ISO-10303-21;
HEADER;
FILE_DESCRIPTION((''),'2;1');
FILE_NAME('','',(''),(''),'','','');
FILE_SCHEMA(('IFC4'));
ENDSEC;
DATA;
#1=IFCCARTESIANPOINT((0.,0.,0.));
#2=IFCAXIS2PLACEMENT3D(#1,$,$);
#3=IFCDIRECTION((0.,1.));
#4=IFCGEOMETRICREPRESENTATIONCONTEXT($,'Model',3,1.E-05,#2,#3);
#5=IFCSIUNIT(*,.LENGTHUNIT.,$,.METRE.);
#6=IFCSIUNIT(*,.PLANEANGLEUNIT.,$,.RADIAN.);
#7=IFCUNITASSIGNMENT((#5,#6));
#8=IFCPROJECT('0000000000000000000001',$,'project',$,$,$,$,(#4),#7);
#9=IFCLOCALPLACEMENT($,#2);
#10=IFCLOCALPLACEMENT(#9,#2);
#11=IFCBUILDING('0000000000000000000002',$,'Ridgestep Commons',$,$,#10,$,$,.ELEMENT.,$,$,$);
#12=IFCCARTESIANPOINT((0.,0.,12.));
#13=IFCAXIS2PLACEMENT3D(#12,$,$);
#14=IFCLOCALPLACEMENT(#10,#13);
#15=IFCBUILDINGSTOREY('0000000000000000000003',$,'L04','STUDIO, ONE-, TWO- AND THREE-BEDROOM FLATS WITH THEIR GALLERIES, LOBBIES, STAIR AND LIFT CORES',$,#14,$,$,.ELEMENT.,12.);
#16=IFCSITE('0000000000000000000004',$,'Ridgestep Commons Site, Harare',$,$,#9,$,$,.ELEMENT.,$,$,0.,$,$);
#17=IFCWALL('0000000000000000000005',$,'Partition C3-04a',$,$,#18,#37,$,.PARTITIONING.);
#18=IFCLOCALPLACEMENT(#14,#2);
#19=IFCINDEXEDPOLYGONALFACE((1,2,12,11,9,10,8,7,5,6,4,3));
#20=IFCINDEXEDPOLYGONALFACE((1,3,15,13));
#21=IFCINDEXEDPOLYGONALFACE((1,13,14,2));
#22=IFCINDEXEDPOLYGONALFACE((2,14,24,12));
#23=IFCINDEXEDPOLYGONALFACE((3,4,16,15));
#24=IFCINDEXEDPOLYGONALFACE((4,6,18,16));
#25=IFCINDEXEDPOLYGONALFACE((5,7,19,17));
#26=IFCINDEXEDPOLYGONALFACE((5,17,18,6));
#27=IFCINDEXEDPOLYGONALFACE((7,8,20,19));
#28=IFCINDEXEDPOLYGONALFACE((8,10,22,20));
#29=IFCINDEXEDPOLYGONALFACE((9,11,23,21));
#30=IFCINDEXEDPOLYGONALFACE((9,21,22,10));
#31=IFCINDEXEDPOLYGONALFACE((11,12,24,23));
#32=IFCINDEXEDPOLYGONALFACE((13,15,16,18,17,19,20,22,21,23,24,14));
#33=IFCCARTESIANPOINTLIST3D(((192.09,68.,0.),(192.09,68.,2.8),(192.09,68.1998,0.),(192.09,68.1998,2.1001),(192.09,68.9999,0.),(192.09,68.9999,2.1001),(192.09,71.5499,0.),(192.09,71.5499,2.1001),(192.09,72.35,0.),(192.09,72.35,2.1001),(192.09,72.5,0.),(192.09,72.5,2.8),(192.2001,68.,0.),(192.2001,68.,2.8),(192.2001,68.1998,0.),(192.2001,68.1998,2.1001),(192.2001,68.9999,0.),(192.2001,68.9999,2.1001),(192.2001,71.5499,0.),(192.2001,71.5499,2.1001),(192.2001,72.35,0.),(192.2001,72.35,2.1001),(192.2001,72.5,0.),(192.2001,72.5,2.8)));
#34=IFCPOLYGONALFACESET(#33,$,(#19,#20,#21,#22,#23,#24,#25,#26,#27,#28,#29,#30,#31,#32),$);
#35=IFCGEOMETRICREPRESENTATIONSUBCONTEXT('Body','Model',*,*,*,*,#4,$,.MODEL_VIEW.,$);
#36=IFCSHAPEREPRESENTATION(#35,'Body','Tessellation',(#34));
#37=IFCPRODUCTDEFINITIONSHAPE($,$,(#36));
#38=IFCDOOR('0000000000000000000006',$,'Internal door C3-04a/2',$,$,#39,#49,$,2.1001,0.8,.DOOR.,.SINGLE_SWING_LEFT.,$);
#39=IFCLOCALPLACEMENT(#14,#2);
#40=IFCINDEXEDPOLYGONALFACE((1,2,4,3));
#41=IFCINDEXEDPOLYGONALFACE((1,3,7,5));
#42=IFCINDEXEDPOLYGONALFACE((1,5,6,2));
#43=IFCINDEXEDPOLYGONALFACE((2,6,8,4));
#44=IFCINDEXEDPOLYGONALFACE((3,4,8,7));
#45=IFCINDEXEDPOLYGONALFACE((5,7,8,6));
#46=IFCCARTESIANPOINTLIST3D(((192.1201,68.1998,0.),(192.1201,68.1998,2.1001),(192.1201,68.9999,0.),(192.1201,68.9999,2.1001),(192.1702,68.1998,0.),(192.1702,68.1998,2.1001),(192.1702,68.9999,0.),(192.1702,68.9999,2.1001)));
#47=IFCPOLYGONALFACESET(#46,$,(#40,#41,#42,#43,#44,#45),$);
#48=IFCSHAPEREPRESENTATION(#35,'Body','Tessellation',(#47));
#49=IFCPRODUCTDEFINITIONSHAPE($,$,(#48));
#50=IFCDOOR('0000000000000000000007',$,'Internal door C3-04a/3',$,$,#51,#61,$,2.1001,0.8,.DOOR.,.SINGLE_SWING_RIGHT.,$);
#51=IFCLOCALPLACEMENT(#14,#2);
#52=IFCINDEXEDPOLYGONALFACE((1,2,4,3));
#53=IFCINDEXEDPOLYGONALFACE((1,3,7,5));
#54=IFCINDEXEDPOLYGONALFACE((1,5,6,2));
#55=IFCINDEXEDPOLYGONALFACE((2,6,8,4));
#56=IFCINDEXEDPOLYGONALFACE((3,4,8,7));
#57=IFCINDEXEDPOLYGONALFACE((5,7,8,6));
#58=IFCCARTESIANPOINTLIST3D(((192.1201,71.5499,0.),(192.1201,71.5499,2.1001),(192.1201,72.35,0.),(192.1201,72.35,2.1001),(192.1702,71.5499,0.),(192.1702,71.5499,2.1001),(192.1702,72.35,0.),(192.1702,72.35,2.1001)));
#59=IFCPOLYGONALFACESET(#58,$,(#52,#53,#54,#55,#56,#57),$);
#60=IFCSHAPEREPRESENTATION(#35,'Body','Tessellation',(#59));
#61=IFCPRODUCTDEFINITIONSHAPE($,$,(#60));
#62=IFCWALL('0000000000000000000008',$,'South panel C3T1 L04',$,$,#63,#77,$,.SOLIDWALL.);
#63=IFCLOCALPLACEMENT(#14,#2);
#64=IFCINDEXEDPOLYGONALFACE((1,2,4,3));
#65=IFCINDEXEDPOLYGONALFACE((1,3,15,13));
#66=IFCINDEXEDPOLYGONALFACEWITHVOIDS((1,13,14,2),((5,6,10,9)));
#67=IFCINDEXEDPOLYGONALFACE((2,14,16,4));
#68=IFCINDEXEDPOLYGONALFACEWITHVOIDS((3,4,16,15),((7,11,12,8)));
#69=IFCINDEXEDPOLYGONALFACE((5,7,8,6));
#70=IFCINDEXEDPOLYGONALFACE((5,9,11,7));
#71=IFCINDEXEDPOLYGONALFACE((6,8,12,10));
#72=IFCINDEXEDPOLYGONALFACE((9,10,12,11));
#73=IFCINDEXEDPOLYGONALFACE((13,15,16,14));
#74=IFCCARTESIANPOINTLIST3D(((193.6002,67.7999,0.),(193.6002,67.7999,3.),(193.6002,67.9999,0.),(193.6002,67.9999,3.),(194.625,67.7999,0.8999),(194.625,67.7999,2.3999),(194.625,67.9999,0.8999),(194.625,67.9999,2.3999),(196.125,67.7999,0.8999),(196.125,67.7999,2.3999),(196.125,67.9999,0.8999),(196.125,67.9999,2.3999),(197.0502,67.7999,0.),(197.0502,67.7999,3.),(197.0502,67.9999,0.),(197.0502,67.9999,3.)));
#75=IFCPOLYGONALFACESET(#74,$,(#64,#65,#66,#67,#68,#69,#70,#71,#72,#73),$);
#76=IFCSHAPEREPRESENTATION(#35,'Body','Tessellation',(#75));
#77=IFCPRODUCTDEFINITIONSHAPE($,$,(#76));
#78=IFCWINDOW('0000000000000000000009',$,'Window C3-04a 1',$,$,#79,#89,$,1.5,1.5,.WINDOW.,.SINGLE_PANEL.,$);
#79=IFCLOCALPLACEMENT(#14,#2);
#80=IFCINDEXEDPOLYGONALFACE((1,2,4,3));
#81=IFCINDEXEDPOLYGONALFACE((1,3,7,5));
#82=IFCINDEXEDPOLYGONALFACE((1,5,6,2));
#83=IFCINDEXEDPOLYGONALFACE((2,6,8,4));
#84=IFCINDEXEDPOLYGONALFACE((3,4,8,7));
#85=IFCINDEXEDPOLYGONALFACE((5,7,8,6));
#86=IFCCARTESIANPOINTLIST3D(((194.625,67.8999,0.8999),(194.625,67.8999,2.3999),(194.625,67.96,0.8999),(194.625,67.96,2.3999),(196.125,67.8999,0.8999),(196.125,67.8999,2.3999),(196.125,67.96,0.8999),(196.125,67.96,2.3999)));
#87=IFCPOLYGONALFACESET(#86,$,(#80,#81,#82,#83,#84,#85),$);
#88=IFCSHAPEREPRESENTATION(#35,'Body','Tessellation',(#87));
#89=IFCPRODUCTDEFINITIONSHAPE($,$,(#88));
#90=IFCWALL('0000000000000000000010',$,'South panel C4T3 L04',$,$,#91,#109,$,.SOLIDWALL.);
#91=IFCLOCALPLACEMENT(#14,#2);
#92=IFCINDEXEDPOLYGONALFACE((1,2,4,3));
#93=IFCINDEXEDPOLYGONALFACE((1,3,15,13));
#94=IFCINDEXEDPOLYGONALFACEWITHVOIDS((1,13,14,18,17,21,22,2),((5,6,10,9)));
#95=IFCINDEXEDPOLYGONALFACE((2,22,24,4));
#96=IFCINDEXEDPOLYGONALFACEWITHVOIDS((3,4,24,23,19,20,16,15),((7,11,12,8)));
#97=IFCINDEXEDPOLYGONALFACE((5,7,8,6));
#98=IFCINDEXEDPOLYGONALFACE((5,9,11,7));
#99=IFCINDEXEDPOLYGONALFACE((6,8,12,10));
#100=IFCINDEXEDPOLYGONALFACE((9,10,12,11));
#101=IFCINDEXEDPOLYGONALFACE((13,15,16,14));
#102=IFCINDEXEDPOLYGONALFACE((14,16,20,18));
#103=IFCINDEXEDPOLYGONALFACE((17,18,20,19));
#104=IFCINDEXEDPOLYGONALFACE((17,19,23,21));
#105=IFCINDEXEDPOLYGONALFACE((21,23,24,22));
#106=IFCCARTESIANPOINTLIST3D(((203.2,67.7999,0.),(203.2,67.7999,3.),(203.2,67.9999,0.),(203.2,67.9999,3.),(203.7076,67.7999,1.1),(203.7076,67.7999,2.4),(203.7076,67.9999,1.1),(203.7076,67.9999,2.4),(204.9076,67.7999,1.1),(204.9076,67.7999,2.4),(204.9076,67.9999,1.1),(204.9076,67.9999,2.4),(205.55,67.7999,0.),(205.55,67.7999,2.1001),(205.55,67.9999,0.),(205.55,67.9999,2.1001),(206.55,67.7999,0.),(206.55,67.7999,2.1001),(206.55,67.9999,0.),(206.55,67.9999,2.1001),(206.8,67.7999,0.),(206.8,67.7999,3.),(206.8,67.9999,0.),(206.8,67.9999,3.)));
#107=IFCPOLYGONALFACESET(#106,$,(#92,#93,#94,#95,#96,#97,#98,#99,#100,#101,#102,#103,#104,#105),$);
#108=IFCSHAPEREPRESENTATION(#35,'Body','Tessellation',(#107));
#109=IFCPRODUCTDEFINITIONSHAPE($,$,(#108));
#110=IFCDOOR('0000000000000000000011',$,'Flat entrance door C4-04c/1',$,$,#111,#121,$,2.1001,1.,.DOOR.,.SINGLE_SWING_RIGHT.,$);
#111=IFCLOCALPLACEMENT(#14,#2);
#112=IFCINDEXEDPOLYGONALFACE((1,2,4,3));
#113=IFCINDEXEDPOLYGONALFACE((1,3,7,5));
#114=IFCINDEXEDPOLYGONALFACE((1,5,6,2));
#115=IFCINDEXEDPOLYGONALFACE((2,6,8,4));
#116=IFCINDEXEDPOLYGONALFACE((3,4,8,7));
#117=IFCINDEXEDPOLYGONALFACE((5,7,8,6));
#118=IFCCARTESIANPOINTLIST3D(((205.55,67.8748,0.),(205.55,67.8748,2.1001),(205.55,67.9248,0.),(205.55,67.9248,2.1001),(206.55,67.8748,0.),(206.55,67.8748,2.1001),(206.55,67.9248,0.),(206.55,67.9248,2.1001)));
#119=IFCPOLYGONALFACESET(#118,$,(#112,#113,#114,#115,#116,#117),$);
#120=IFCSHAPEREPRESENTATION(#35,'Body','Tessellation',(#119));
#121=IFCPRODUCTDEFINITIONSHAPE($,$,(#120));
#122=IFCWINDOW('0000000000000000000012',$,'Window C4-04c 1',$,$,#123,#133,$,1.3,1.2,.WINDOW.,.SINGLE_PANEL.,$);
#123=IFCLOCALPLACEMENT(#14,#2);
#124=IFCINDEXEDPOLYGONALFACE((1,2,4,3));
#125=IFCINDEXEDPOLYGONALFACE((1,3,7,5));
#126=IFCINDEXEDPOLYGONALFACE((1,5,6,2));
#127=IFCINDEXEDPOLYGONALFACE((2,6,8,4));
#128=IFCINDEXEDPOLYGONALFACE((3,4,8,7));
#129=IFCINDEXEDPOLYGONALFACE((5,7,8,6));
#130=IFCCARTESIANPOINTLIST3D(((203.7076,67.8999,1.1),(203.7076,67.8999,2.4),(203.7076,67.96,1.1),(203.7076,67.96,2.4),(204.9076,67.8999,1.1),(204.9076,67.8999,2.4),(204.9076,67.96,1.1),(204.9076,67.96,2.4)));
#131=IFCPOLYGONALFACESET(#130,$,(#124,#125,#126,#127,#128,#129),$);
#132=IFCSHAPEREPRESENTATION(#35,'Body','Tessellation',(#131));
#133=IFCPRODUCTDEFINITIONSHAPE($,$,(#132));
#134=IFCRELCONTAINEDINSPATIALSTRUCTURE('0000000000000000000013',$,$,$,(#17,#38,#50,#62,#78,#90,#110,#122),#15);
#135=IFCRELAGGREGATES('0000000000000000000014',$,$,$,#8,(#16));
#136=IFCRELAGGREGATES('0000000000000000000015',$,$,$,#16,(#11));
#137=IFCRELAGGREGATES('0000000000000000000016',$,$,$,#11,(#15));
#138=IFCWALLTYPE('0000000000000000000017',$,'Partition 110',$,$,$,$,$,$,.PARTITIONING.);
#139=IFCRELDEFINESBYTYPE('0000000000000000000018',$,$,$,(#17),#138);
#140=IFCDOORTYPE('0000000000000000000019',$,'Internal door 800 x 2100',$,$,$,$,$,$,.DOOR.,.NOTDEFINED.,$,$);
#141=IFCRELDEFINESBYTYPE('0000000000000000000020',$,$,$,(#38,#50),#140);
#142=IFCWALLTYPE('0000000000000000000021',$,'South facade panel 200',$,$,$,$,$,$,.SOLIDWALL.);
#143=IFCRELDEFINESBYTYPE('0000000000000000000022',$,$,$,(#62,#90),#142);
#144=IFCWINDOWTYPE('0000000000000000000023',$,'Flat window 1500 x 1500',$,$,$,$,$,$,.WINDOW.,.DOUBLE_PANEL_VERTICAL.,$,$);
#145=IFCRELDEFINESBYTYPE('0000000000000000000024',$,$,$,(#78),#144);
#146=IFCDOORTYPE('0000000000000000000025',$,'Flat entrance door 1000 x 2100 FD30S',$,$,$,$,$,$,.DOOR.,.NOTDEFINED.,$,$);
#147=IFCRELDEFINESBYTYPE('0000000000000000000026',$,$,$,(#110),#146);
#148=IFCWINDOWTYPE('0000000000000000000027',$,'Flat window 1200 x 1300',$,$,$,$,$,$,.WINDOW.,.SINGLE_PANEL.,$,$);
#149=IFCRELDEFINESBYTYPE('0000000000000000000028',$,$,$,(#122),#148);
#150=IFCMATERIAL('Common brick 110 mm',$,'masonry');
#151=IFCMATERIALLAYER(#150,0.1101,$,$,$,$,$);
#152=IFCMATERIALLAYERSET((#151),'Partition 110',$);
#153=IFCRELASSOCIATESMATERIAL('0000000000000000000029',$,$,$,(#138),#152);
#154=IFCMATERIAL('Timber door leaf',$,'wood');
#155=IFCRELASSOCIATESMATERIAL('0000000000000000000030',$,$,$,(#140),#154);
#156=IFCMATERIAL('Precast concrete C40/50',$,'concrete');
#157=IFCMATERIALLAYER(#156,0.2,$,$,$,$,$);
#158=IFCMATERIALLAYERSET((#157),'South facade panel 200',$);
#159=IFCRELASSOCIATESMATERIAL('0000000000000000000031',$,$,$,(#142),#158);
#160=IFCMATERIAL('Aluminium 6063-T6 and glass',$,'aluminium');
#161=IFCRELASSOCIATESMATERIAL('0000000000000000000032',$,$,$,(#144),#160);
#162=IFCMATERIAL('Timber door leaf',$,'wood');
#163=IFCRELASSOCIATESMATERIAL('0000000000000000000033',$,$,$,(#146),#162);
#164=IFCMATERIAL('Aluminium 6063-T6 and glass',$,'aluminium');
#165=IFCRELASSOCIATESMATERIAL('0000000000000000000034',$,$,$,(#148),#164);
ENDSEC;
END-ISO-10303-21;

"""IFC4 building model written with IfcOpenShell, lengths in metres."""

from ifc_helpers import new_model, si_unit, direction, frame, frame_2d, origin, place, context, subcontext, project, spatial, rectangle, extrude, material, layer, layer_set, type_object, element, fill, save


model = new_model("IFC4")

# Units and contexts
model_context = context("Model", 3, precision=1e-05, world=origin(), true_north=direction((0.0, 1.0)))
body_context = subcontext(model_context, "Body", "Model", "MODEL_VIEW")
ifc_project = project(units=[si_unit("LENGTHUNIT", "METRE"), si_unit("PLANEANGLEUNIT", "RADIAN")], contexts=[model_context])

# Site, building, storey
site_placement = place(None, origin())
site = spatial("IfcSite", under=ifc_project, at=site_placement, Name="Ridgestep Commons Site, Harare", CompositionType="ELEMENT", RefElevation=0.0)
building_placement = place(site_placement, origin())
building = spatial("IfcBuilding", under=site, at=building_placement, Name="Ridgestep Commons", CompositionType="ELEMENT")
storey_placement = place(building_placement, frame((0.0, 0.0, 12.0)))
storey = spatial("IfcBuildingStorey", under=building, at=storey_placement, Name="L04", Description="STUDIO, ONE-, TWO- AND THREE-BEDROOM FLATS WITH THEIR GALLERIES, LOBBIES, STAIR AND LIFT CORES", CompositionType="ELEMENT", Elevation=12.0)

# Wall, openings, doors
ifc_material_1 = material(Name="Common brick 110 mm", Category="masonry")
ifc_layer_1 = layer(ifc_material_1, 0.1101)
ifc_layer_set_1 = layer_set([ifc_layer_1], Name="Partition 110")
wall_type_1 = type_object("IfcWallType", Name="Partition 110", PredefinedType="PARTITIONING", material=ifc_layer_set_1)
wall_1_placement = place(storey_placement, frame((192.145, 68.0, 0.0), z_axis=(0.0, 0.0, 1.0), x_axis=(0.0, 1.0, 0.0)))
wall_1 = element("IfcWall", 1, at=wall_1_placement, inside=storey, type_object=wall_type_1, Name="Partition C3-04a", PredefinedType="PARTITIONING", context=body_context, shape_type="SweptSolid", body=[
    extrude(rectangle(XDim=4.5, YDim=0.1101, at=frame_2d((2.25, 0.0))), origin(), (0.0, 0.0, 1.0), 2.8),
])
opening_1_placement = place(wall_1_placement, frame((0.2, 0.0, 0.0)))
opening_1 = element("IfcOpeningElement", 2, at=opening_1_placement, cuts=wall_1, PredefinedType="OPENING", context=body_context, shape_type="SweptSolid", body=[
    extrude(rectangle(XDim=0.8, YDim=2.1001, at=frame_2d((0.3999, 1.05))), frame((0.0, 0.0649, 0.0), z_axis=(0.0, -1.0, 0.0), x_axis=(1.0, 0.0, 0.0)), (0.0, 0.0, 1.0), 0.1301),
])
opening_2_placement = place(wall_1_placement, frame((3.55, 0.0, 0.0)))
opening_2 = element("IfcOpeningElement", 3, at=opening_2_placement, cuts=wall_1, PredefinedType="OPENING", context=body_context, shape_type="SweptSolid", body=[
    extrude(rectangle(XDim=0.8, YDim=2.1001, at=frame_2d((0.3999, 1.05))), frame((0.0, 0.0649, 0.0), z_axis=(0.0, -1.0, 0.0), x_axis=(1.0, 0.0, 0.0)), (0.0, 0.0, 1.0), 0.1301),
])
ifc_material_2 = material(Name="Timber door leaf", Category="wood")
door_type_1 = type_object("IfcDoorType", Name="Internal door 800 x 2100", OperationType="NOTDEFINED", PredefinedType="DOOR", material=ifc_material_2)
door_1_placement = place(opening_1_placement, origin())
door_1 = element("IfcDoor", 4, at=door_1_placement, inside=storey, type_object=door_type_1, Name="Internal door C3-04a/2", OperationType="SINGLE_SWING_LEFT", OverallHeight=2.1001, OverallWidth=0.8, PredefinedType="DOOR", context=body_context, shape_type="SweptSolid", body=[
    extrude(rectangle(XDim=0.8, YDim=2.1001, at=frame_2d((0.3999, 1.05))), frame((0.0, 0.0249, 0.0), z_axis=(0.0, -1.0, 0.0), x_axis=(1.0, 0.0, 0.0)), (0.0, 0.0, 1.0), 0.05),
])
fill(opening_1, door_1)
door_2_placement = place(opening_2_placement, origin())
door_2 = element("IfcDoor", 5, at=door_2_placement, inside=storey, type_object=door_type_1, Name="Internal door C3-04a/3", OperationType="SINGLE_SWING_RIGHT", OverallHeight=2.1001, OverallWidth=0.8, PredefinedType="DOOR", context=body_context, shape_type="SweptSolid", body=[
    extrude(rectangle(XDim=0.8, YDim=2.1001, at=frame_2d((0.3999, 1.05))), frame((0.0, 0.0249, 0.0), z_axis=(0.0, -1.0, 0.0), x_axis=(1.0, 0.0, 0.0)), (0.0, 0.0, 1.0), 0.05),
])
fill(opening_2, door_2)

# Wall, opening, window
ifc_material_3 = material(Name="Precast concrete C40/50", Category="concrete")
ifc_layer_2 = layer(ifc_material_3, 0.2)
ifc_layer_set_2 = layer_set([ifc_layer_2], Name="South facade panel 200")
wall_type_2 = type_object("IfcWallType", Name="South facade panel 200", PredefinedType="SOLIDWALL", material=ifc_layer_set_2)
wall_2_placement = place(storey_placement, frame((193.6001, 67.8999, 0.0), z_axis=(0.0, 0.0, 1.0), x_axis=(1.0, 0.0, 0.0)))
wall_2 = element("IfcWall", 6, at=wall_2_placement, inside=storey, type_object=wall_type_2, Name="South panel C3T1 L04", PredefinedType="SOLIDWALL", context=body_context, shape_type="SweptSolid", body=[
    extrude(rectangle(XDim=3.45, YDim=0.2, at=frame_2d((1.7251, 0.0))), origin(), (0.0, 0.0, 1.0), 3.0),
])
opening_3_placement = place(wall_2_placement, frame((1.0249, 0.0, 0.8999)))
opening_3 = element("IfcOpeningElement", 7, at=opening_3_placement, cuts=wall_2, PredefinedType="OPENING", context=body_context, shape_type="SweptSolid", body=[
    extrude(rectangle(XDim=1.5, YDim=1.5, at=frame_2d((0.75, 0.75))), frame((0.0, 0.1099, 0.0), z_axis=(0.0, -1.0, 0.0), x_axis=(1.0, 0.0, 0.0)), (0.0, 0.0, 1.0), 0.22),
])
ifc_material_4 = material(Name="Aluminium 6063-T6 and glass", Category="aluminium")
window_type_1 = type_object("IfcWindowType", Name="Flat window 1500 x 1500", PartitioningType="DOUBLE_PANEL_VERTICAL", PredefinedType="WINDOW", material=ifc_material_4)
window_1_placement = place(opening_3_placement, origin())
window_1 = element("IfcWindow", 8, at=window_1_placement, inside=storey, type_object=window_type_1, Name="Window C3-04a 1", OverallHeight=1.5, OverallWidth=1.5, PartitioningType="SINGLE_PANEL", PredefinedType="WINDOW", context=body_context, shape_type="SweptSolid", body=[
    extrude(rectangle(XDim=1.5, YDim=1.5, at=frame_2d((0.75, 0.75))), frame((0.0, 0.0601, 0.0), z_axis=(0.0, -1.0, 0.0), x_axis=(1.0, 0.0, 0.0)), (0.0, 0.0, 1.0), 0.0601),
])
fill(opening_3, window_1)

# Wall, openings, door, window
wall_3_placement = place(storey_placement, frame((203.2, 67.8999, 0.0), z_axis=(0.0, 0.0, 1.0), x_axis=(1.0, 0.0, 0.0)))
wall_3 = element("IfcWall", 9, at=wall_3_placement, inside=storey, type_object=wall_type_2, Name="South panel C4T3 L04", PredefinedType="SOLIDWALL", context=body_context, shape_type="SweptSolid", body=[
    extrude(rectangle(XDim=3.6001, YDim=0.2, at=frame_2d((1.8, 0.0))), origin(), (0.0, 0.0, 1.0), 3.0),
])
opening_4_placement = place(wall_3_placement, frame((0.5076, 0.0, 1.1001)))
opening_4 = element("IfcOpeningElement", 10, at=opening_4_placement, cuts=wall_3, PredefinedType="OPENING", context=body_context, shape_type="SweptSolid", body=[
    extrude(rectangle(XDim=1.2, YDim=1.3, at=frame_2d((0.6001, 0.6499))), frame((0.0, 0.1099, 0.0), z_axis=(0.0, -1.0, 0.0), x_axis=(1.0, 0.0, 0.0)), (0.0, 0.0, 1.0), 0.22),
])
opening_5_placement = place(wall_3_placement, frame((2.3501, 0.0, 0.0)))
opening_5 = element("IfcOpeningElement", 11, at=opening_5_placement, cuts=wall_3, PredefinedType="OPENING", context=body_context, shape_type="SweptSolid", body=[
    extrude(rectangle(XDim=1.0, YDim=2.1001, at=frame_2d((0.5, 1.05))), frame((0.0, 0.1099, 0.0), z_axis=(0.0, -1.0, 0.0), x_axis=(1.0, 0.0, 0.0)), (0.0, 0.0, 1.0), 0.22),
])
ifc_material_5 = material(Name="Timber door leaf", Category="wood")
door_type_2 = type_object("IfcDoorType", Name="Flat entrance door 1000 x 2100 FD30S", OperationType="NOTDEFINED", PredefinedType="DOOR", material=ifc_material_5)
door_3_placement = place(opening_5_placement, origin())
door_3 = element("IfcDoor", 12, at=door_3_placement, inside=storey, type_object=door_type_2, Name="Flat entrance door C4-04c/1", OperationType="SINGLE_SWING_RIGHT", OverallHeight=2.1001, OverallWidth=1.0, PredefinedType="DOOR", context=body_context, shape_type="SweptSolid", body=[
    extrude(rectangle(XDim=1.0, YDim=2.1001, at=frame_2d((0.5, 1.05))), frame((0.0, 0.0249, 0.0), z_axis=(0.0, -1.0, 0.0), x_axis=(1.0, 0.0, 0.0)), (0.0, 0.0, 1.0), 0.05),
])
fill(opening_5, door_3)
ifc_material_6 = material(Name="Aluminium 6063-T6 and glass", Category="aluminium")
window_type_2 = type_object("IfcWindowType", Name="Flat window 1200 x 1300", PartitioningType="SINGLE_PANEL", PredefinedType="WINDOW", material=ifc_material_6)
window_2_placement = place(opening_4_placement, origin())
window_2 = element("IfcWindow", 13, at=window_2_placement, inside=storey, type_object=window_type_2, Name="Window C4-04c 1", OverallHeight=1.3, OverallWidth=1.2, PartitioningType="SINGLE_PANEL", PredefinedType="WINDOW", context=body_context, shape_type="SweptSolid", body=[
    extrude(rectangle(XDim=1.2, YDim=1.3, at=frame_2d((0.6001, 0.6499))), frame((0.0, 0.0601, 0.0), z_axis=(0.0, -1.0, 0.0), x_axis=(1.0, 0.0, 0.0)), (0.0, 0.0, 1.0), 0.0601),
])
fill(opening_4, window_2)

save(model, "model.ifc")
